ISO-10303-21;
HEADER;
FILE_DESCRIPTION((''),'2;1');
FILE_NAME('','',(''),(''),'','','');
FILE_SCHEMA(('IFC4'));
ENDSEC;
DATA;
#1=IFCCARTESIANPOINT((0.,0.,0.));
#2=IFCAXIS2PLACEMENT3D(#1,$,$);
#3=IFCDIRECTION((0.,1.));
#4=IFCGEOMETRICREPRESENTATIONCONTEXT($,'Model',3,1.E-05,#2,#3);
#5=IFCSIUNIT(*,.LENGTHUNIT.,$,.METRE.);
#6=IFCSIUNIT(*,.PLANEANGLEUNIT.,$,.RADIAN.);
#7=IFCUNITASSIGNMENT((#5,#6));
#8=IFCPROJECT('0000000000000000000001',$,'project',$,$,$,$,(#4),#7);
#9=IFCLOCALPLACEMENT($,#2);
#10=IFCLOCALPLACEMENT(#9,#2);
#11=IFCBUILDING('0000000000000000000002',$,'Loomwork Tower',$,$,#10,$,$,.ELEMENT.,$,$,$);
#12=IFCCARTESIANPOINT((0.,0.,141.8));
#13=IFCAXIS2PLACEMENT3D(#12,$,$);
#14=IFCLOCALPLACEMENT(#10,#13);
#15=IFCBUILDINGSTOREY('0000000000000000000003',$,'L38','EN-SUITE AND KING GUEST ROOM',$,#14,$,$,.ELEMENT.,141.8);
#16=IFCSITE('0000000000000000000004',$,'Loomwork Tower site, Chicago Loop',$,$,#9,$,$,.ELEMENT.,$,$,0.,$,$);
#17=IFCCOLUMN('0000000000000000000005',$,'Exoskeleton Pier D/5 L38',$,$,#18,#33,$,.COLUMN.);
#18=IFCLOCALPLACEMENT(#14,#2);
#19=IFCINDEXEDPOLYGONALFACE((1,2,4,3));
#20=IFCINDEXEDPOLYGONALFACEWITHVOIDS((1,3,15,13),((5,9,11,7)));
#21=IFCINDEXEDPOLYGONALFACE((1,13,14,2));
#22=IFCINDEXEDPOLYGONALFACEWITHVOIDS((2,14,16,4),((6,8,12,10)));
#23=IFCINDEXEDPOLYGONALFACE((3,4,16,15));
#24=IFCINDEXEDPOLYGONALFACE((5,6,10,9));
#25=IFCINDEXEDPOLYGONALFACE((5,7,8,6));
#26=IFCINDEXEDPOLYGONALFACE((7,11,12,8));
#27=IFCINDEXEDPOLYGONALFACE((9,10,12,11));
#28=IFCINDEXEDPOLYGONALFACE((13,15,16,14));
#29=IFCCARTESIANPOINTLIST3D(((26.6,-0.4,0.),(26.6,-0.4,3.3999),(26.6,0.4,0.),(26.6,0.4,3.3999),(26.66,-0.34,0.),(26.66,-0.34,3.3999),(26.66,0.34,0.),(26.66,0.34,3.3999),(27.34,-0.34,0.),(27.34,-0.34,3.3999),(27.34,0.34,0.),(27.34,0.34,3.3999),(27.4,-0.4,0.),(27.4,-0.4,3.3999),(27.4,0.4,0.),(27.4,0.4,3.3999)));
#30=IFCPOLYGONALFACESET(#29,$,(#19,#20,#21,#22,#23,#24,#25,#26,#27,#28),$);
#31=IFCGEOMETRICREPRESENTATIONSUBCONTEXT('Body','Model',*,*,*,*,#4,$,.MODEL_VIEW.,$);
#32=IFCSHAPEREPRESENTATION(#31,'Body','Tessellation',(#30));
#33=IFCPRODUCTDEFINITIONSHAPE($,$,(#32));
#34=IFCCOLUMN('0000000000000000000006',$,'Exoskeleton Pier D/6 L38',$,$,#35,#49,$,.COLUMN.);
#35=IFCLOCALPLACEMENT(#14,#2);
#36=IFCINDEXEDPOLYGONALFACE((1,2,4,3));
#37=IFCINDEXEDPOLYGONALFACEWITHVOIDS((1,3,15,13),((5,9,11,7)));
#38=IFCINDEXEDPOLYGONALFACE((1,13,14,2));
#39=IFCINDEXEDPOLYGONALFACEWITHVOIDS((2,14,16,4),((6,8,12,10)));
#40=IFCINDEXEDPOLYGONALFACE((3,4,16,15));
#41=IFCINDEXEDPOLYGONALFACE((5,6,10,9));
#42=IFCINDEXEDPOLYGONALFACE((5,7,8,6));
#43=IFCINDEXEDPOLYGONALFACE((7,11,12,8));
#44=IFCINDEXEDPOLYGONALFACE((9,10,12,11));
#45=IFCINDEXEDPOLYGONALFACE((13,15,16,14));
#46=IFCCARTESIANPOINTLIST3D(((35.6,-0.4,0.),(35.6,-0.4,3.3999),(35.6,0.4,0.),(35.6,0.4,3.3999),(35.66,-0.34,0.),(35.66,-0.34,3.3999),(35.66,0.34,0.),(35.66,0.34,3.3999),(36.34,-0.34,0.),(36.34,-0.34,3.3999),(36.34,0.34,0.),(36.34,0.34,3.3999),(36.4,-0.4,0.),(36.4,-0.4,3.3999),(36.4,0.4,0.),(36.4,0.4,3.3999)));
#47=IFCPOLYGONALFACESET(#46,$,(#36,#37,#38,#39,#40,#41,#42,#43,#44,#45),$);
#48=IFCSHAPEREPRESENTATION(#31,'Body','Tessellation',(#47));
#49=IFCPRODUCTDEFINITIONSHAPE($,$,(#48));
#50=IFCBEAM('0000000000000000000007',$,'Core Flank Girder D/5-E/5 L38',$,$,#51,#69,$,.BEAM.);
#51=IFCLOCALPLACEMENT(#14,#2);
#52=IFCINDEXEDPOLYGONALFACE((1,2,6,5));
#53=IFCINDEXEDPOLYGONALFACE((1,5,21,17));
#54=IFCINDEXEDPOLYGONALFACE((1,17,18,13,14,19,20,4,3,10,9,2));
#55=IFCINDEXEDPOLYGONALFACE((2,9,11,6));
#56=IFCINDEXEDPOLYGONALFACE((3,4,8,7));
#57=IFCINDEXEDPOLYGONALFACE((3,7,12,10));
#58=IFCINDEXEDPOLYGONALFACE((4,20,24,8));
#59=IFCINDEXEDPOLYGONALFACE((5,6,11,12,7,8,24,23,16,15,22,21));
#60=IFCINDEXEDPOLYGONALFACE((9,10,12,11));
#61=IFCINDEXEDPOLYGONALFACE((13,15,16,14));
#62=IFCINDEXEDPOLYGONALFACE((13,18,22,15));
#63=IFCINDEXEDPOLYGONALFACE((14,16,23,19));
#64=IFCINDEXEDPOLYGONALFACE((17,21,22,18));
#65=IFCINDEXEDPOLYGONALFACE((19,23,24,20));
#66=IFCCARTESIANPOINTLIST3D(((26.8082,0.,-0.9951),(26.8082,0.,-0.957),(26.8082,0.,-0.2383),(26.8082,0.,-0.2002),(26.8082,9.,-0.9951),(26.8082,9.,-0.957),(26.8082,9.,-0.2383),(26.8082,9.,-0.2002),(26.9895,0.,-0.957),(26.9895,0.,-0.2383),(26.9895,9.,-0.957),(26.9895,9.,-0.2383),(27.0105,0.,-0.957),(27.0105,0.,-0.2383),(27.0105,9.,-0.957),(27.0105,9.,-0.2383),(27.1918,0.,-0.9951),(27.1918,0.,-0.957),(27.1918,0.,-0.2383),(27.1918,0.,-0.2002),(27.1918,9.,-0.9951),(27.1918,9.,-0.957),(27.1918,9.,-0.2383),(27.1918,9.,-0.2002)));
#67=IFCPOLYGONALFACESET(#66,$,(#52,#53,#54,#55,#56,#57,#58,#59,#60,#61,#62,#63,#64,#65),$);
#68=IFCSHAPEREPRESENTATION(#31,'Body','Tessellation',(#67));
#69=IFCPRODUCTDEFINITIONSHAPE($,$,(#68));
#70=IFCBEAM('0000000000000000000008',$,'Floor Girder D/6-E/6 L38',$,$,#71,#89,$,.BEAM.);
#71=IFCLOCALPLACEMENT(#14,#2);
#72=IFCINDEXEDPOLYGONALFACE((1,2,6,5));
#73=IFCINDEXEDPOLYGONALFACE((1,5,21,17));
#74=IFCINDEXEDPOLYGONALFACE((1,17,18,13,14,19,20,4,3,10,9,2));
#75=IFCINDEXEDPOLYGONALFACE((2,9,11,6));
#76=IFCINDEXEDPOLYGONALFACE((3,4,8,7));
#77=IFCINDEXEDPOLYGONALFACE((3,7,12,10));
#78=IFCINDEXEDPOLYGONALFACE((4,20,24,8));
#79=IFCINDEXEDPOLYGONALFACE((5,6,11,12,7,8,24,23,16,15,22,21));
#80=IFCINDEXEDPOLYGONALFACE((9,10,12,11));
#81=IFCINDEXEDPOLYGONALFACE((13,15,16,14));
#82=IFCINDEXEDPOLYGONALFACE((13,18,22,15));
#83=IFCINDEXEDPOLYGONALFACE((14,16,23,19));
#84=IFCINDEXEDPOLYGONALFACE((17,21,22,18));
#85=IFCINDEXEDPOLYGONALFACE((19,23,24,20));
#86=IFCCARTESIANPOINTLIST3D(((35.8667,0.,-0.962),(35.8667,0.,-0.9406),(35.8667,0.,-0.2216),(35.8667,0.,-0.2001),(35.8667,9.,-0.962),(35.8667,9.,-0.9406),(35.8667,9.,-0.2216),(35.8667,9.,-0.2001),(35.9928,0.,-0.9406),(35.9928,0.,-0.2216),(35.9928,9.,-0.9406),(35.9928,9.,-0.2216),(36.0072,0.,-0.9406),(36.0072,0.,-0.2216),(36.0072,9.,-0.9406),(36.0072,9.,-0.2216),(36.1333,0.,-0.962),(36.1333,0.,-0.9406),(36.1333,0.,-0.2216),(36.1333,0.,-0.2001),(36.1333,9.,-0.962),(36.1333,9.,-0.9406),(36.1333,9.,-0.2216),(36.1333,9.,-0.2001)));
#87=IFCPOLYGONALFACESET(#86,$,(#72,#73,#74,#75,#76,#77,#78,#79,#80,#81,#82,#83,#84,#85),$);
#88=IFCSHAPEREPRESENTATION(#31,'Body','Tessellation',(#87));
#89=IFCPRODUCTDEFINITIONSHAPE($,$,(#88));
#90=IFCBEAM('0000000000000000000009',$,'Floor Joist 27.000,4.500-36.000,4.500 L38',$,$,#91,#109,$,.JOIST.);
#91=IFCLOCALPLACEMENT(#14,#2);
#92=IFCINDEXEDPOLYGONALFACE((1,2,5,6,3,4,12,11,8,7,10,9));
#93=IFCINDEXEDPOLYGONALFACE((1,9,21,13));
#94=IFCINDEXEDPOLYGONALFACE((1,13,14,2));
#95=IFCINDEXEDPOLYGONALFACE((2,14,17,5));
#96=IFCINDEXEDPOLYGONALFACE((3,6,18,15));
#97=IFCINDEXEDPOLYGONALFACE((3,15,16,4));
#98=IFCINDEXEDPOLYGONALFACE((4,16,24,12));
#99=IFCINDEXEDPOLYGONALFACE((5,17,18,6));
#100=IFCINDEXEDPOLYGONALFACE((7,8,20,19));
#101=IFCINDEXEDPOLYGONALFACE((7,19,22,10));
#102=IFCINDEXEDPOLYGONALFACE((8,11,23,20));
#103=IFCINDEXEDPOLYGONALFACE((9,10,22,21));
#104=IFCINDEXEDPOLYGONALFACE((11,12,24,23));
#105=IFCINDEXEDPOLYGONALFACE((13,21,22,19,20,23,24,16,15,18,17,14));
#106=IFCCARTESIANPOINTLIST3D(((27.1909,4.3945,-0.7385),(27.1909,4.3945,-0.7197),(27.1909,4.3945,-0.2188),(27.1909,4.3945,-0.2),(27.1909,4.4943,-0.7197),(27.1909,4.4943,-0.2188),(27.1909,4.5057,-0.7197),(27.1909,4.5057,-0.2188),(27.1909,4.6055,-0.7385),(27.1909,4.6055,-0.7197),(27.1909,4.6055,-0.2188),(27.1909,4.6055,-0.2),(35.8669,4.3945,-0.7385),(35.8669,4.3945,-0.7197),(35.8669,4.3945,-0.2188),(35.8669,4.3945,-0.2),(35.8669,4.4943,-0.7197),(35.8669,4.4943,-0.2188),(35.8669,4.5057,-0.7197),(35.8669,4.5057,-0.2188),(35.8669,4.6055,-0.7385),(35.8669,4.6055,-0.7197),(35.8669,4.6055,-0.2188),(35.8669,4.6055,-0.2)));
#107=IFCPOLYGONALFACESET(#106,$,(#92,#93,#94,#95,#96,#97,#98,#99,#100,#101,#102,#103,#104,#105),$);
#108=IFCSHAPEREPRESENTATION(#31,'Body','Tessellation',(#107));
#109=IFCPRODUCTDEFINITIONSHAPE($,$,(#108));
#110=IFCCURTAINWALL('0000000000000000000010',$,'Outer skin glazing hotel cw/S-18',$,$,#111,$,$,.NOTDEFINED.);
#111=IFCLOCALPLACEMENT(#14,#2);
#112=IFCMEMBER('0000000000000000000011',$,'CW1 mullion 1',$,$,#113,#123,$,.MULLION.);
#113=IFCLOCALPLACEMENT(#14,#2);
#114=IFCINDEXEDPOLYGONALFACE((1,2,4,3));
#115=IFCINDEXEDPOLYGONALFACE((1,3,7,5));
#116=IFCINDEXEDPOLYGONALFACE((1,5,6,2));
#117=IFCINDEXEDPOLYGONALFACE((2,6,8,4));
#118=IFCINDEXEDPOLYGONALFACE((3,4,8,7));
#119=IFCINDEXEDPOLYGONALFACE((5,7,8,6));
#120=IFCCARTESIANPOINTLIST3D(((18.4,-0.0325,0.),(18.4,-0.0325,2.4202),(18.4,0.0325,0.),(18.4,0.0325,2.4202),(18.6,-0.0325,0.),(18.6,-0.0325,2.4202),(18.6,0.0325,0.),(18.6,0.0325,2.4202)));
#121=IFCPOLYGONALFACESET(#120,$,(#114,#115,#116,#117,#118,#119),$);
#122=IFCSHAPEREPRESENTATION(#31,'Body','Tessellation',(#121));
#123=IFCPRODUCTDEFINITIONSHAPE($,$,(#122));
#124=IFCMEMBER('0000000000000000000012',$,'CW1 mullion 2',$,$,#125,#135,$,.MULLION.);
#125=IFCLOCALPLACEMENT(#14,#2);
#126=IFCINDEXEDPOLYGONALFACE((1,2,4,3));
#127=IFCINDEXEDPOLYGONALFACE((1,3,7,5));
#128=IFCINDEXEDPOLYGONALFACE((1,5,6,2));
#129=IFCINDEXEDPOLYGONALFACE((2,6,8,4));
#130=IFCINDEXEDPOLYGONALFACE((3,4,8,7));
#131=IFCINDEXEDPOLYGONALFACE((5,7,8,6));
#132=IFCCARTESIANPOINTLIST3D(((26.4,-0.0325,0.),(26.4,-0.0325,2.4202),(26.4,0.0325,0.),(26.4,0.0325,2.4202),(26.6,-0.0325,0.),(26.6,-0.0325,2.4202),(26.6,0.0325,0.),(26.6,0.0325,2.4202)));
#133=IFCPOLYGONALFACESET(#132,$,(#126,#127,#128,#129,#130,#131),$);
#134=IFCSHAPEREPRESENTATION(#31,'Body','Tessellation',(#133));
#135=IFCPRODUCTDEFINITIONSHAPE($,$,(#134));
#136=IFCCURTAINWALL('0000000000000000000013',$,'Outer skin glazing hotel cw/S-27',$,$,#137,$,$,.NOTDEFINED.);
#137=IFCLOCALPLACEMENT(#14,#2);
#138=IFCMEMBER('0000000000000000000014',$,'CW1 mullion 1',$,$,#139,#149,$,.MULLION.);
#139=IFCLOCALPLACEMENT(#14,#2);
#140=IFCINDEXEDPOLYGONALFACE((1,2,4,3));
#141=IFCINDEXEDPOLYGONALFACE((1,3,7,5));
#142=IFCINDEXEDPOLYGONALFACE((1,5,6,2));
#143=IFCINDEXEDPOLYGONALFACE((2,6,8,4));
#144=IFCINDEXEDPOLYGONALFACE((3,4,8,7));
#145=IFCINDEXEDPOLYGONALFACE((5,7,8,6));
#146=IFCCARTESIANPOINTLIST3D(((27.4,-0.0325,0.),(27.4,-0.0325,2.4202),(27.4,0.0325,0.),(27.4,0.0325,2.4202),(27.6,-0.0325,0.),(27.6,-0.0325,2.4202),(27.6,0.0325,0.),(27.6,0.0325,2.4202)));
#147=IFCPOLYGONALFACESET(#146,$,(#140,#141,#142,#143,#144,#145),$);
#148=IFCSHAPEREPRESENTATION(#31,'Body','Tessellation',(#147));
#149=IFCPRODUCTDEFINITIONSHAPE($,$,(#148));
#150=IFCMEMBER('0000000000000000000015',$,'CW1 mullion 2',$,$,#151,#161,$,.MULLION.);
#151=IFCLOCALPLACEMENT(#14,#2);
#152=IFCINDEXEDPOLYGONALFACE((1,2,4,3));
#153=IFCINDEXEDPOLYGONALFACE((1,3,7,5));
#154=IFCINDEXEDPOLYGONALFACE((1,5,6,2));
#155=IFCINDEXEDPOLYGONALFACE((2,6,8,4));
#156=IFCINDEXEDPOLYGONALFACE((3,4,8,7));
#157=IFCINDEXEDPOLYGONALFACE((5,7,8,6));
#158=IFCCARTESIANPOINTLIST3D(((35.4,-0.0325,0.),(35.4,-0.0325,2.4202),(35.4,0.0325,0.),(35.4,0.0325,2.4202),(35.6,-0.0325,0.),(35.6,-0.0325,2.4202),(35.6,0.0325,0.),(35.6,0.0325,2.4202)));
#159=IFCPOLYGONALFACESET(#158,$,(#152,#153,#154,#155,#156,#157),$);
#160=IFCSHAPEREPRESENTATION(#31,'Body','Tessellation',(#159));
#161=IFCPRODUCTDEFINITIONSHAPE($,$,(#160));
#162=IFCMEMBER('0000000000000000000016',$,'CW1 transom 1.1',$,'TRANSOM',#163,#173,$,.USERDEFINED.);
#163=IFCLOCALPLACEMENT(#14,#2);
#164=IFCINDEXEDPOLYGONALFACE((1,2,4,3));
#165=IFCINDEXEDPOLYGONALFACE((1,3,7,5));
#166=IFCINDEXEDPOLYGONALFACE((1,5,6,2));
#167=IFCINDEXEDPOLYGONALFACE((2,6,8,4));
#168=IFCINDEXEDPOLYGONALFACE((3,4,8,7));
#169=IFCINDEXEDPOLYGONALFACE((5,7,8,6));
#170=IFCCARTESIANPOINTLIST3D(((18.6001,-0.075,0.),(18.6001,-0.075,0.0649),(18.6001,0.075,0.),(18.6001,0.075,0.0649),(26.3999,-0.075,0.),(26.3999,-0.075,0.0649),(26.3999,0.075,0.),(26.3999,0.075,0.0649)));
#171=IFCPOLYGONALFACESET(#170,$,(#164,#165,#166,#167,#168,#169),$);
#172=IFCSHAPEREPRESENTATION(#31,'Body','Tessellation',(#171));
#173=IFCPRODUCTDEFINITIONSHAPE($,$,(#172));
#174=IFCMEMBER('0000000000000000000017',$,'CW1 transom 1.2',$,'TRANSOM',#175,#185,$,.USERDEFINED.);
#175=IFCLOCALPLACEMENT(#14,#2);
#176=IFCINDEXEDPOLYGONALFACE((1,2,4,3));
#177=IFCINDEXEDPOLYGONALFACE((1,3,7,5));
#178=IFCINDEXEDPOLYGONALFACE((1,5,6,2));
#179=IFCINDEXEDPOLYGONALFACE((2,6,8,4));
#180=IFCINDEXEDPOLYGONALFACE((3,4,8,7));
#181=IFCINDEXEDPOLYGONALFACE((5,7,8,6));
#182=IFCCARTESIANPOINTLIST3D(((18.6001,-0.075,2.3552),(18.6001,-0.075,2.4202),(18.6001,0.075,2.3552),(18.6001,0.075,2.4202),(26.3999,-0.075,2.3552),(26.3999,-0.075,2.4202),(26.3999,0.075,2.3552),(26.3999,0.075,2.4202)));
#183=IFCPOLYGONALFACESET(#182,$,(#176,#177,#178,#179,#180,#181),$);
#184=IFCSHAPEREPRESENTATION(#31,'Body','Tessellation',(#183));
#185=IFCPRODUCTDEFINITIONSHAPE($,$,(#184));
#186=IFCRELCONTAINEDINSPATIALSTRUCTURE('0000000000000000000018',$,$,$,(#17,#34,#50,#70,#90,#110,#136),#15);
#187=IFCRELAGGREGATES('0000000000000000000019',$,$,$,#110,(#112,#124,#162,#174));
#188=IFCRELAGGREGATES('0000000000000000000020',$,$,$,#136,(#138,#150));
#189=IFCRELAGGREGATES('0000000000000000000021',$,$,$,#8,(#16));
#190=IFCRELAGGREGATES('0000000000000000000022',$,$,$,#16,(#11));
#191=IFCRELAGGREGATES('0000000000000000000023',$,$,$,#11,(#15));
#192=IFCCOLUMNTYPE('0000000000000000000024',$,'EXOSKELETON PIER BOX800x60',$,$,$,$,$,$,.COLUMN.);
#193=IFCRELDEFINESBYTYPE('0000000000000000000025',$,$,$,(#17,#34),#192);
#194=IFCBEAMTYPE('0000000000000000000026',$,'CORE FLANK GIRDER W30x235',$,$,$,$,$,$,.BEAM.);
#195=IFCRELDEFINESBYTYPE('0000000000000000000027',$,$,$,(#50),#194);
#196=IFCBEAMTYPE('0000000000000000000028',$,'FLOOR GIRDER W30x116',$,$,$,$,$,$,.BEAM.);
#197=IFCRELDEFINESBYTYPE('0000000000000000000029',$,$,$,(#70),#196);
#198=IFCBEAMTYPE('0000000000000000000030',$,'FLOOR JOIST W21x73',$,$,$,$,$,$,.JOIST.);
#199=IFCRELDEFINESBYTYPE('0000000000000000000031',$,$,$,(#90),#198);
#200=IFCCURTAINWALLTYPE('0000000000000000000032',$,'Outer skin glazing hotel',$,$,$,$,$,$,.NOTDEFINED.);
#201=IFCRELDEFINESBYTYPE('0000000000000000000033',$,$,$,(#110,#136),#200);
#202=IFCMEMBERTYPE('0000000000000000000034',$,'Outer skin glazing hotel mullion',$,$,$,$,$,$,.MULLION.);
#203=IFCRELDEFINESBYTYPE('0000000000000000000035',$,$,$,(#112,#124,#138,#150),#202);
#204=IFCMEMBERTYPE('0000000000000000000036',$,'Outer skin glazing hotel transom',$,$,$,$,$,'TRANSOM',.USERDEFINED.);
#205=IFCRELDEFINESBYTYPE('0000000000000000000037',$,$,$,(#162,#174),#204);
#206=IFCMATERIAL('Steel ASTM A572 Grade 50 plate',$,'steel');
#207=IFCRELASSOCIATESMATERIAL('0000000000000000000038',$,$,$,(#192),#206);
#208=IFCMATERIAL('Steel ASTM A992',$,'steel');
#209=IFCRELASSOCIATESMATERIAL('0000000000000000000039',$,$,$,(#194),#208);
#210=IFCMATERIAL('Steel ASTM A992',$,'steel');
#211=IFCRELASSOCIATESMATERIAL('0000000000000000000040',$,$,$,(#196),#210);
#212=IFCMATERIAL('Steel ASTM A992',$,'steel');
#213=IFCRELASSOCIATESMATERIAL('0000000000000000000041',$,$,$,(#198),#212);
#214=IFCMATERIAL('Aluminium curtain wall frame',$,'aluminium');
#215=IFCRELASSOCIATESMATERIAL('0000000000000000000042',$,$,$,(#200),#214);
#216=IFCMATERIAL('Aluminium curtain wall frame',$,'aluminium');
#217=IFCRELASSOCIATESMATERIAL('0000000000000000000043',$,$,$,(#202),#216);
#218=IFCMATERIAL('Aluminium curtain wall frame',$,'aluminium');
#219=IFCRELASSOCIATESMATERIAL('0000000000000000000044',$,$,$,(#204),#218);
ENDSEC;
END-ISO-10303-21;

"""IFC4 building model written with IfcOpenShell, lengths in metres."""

from ifc_helpers import new_model, si_unit, direction, frame, origin, origin_2d, place, context, subcontext, project, spatial, rectangle, hollow_rectangle, i_section, extrude, material, material_profile, profile_set, type_object, element, aggregate, save


model = new_model("IFC4")

# Units and contexts
model_context = context("Model", 3, precision=1e-05, world=origin(), true_north=direction((0.0, 1.0)))
body_context = subcontext(model_context, "Body", "Model", "MODEL_VIEW")
ifc_project = project(units=[si_unit("LENGTHUNIT", "METRE"), si_unit("PLANEANGLEUNIT", "RADIAN")], contexts=[model_context])

# Site, building, storey
site_placement = place(None, origin())
site = spatial("IfcSite", under=ifc_project, at=site_placement, Name="Loomwork Tower site, Chicago Loop", CompositionType="ELEMENT", RefElevation=0.0)
building_placement = place(site_placement, origin())
building = spatial("IfcBuilding", under=site, at=building_placement, Name="Loomwork Tower", CompositionType="ELEMENT")
storey_placement = place(building_placement, frame((0.0, 0.0, 141.8)))
storey = spatial("IfcBuildingStorey", under=building, at=storey_placement, Name="L38", Description="EN-SUITE AND KING GUEST ROOM", CompositionType="ELEMENT", Elevation=141.8)

# Columns
ifc_material_1 = material(Name="Steel ASTM A572 Grade 50 plate", Category="steel")
ifc_material_profile_1 = material_profile(ifc_material_1, hollow_rectangle(XDim=0.8, YDim=0.8, WallThickness=0.0601, at=origin_2d()), Name="BOX800x60")
ifc_profile_set_1 = profile_set([ifc_material_profile_1], Name="Steel ASTM A572 Grade 50 plate")
column_type = type_object("IfcColumnType", Name="EXOSKELETON PIER BOX800x60", PredefinedType="COLUMN", material=ifc_profile_set_1)
for number, where, z_axis, x_axis, name in (
    (1, (27.0, 0.0, 0.0), (0.0, 0.0, 1.0), (1.0, 0.0, 0.0), "Exoskeleton Pier D/5 L38"),
    (2, (36.0, 0.0, 0.0), (0.0, 0.0, 1.0), (1.0, 0.0, 0.0), "Exoskeleton Pier D/6 L38"),
):
    element("IfcColumn", number, at=place(storey_placement, frame(where, z_axis=z_axis, x_axis=x_axis)), inside=storey, type_object=column_type, Name=name, PredefinedType="COLUMN", context=body_context, shape_type="SweptSolid", body=[
        extrude(hollow_rectangle(XDim=0.8, YDim=0.8, WallThickness=0.0601, at=origin_2d()), origin(), (0.0, 0.0, 1.0), 3.3999),
    ])

# Beams
ifc_material_2 = material(Name="Steel ASTM A992", Category="steel")
ifc_material_profile_2 = material_profile(ifc_material_2, i_section(OverallWidth=0.3835, OverallDepth=0.7949, WebThickness=0.021, FlangeThickness=0.0381, at=origin_2d()), Name="W30x235")
ifc_profile_set_2 = profile_set([ifc_material_profile_2], Name="Steel ASTM A992")
beam_type_1 = type_object("IfcBeamType", Name="CORE FLANK GIRDER W30x235", PredefinedType="BEAM", material=ifc_profile_set_2)
beam_1_placement = place(storey_placement, frame((27.0, 0.0, -0.5977), z_axis=(0.0, 1.0, 0.0), x_axis=(-1.0, 0.0, 0.0)))
element("IfcBeam", 3, at=beam_1_placement, inside=storey, type_object=beam_type_1, Name="Core Flank Girder D/5-E/5 L38", PredefinedType="BEAM", context=body_context, shape_type="SweptSolid", body=[
    extrude(i_section(OverallWidth=0.3835, OverallDepth=0.7949, WebThickness=0.021, FlangeThickness=0.0381, at=origin_2d()), origin(), (0.0, 0.0, 1.0), 9.0),
])
ifc_material_3 = material(Name="Steel ASTM A992", Category="steel")
ifc_material_profile_3 = material_profile(ifc_material_3, i_section(OverallWidth=0.2666, OverallDepth=0.762, WebThickness=0.0144, FlangeThickness=0.0215, at=origin_2d()), Name="W30x116")
ifc_profile_set_3 = profile_set([ifc_material_profile_3], Name="Steel ASTM A992")
beam_type_2 = type_object("IfcBeamType", Name="FLOOR GIRDER W30x116", PredefinedType="BEAM", material=ifc_profile_set_3)
beam_2_placement = place(storey_placement, frame((36.0, 0.0, -0.5811), z_axis=(0.0, 1.0, 0.0), x_axis=(-1.0, 0.0, 0.0)))
element("IfcBeam", 4, at=beam_2_placement, inside=storey, type_object=beam_type_2, Name="Floor Girder D/6-E/6 L38", PredefinedType="BEAM", context=body_context, shape_type="SweptSolid", body=[
    extrude(i_section(OverallWidth=0.2666, OverallDepth=0.762, WebThickness=0.0144, FlangeThickness=0.0215, at=origin_2d()), origin(), (0.0, 0.0, 1.0), 9.0),
])
ifc_material_4 = material(Name="Steel ASTM A992", Category="steel")
ifc_material_profile_4 = material_profile(ifc_material_4, i_section(OverallWidth=0.2109, OverallDepth=0.5386, WebThickness=0.0115, FlangeThickness=0.0188, at=origin_2d()), Name="W21x73")
ifc_profile_set_4 = profile_set([ifc_material_profile_4], Name="Steel ASTM A992")
beam_type_3 = type_object("IfcBeamType", Name="FLOOR JOIST W21x73", PredefinedType="JOIST", material=ifc_profile_set_4)
beam_3_placement = place(storey_placement, frame((27.1909, 4.5, -0.4692), z_axis=(1.0, 0.0, 0.0), x_axis=(0.0, 1.0, 0.0)))
element("IfcBeam", 5, at=beam_3_placement, inside=storey, type_object=beam_type_3, Name="Floor Joist 27.000,4.500-36.000,4.500 L38", PredefinedType="JOIST", context=body_context, shape_type="SweptSolid", body=[
    extrude(i_section(OverallWidth=0.2109, OverallDepth=0.5386, WebThickness=0.0115, FlangeThickness=0.0188, at=origin_2d()), origin(), (0.0, 0.0, 1.0), 8.676),
])

# Curtain walls, members
ifc_material_5 = material(Name="Aluminium curtain wall frame", Category="aluminium")
curtain_wall_type = type_object("IfcCurtainWallType", Name="Outer skin glazing hotel", PredefinedType="NOTDEFINED", material=ifc_material_5)
curtain_wall_1_placement = place(storey_placement, origin())
curtain_wall_1 = element("IfcCurtainWall", 6, at=curtain_wall_1_placement, inside=storey, type_object=curtain_wall_type, Name="Outer skin glazing hotel cw/S-18", PredefinedType="NOTDEFINED")
ifc_material_6 = material(Name="Aluminium curtain wall frame", Category="aluminium")
ifc_material_profile_5 = material_profile(ifc_material_6, rectangle(XDim=0.0649, YDim=0.2, at=origin_2d()), Name="AL 65x200")
ifc_profile_set_5 = profile_set([ifc_material_profile_5], Name="Aluminium curtain wall frame")
member_type_1 = type_object("IfcMemberType", Name="Outer skin glazing hotel mullion", PredefinedType="MULLION", material=ifc_profile_set_5)
member_1_placement = place(storey_placement, frame((18.5, 0.0, 0.0), z_axis=(0.0, 0.0, 1.0), x_axis=(0.0, 1.0, 0.0)))
member_1 = element("IfcMember", 7, at=member_1_placement, type_object=member_type_1, Name="CW1 mullion 1", PredefinedType="MULLION", context=body_context, shape_type="SweptSolid", body=[
    extrude(rectangle(XDim=0.0649, YDim=0.2, at=origin_2d()), origin(), (0.0, 0.0, 1.0), 2.4202),
])
member_2_placement = place(storey_placement, frame((26.5, 0.0, 0.0), z_axis=(0.0, 0.0, 1.0), x_axis=(0.0, 1.0, 0.0)))
member_2 = element("IfcMember", 8, at=member_2_placement, type_object=member_type_1, Name="CW1 mullion 2", PredefinedType="MULLION", context=body_context, shape_type="SweptSolid", body=[
    extrude(rectangle(XDim=0.0649, YDim=0.2, at=origin_2d()), origin(), (0.0, 0.0, 1.0), 2.4202),
])
curtain_wall_2_placement = place(storey_placement, origin())
curtain_wall_2 = element("IfcCurtainWall", 9, at=curtain_wall_2_placement, inside=storey, type_object=curtain_wall_type, Name="Outer skin glazing hotel cw/S-27", PredefinedType="NOTDEFINED")
member_3_placement = place(storey_placement, frame((27.5, 0.0, 0.0), z_axis=(0.0, 0.0, 1.0), x_axis=(0.0, 1.0, 0.0)))
member_3 = element("IfcMember", 10, at=member_3_placement, type_object=member_type_1, Name="CW1 mullion 1", PredefinedType="MULLION", context=body_context, shape_type="SweptSolid", body=[
    extrude(rectangle(XDim=0.0649, YDim=0.2, at=origin_2d()), origin(), (0.0, 0.0, 1.0), 2.4202),
])
member_4_placement = place(storey_placement, frame((35.5, 0.0, 0.0), z_axis=(0.0, 0.0, 1.0), x_axis=(0.0, 1.0, 0.0)))
member_4 = element("IfcMember", 11, at=member_4_placement, type_object=member_type_1, Name="CW1 mullion 2", PredefinedType="MULLION", context=body_context, shape_type="SweptSolid", body=[
    extrude(rectangle(XDim=0.0649, YDim=0.2, at=origin_2d()), origin(), (0.0, 0.0, 1.0), 2.4202),
])

# Members
ifc_material_7 = material(Name="Aluminium curtain wall frame", Category="aluminium")
ifc_material_profile_6 = material_profile(ifc_material_7, rectangle(XDim=0.1499, YDim=0.0649, at=origin_2d()), Name="AL 65x150")
ifc_profile_set_6 = profile_set([ifc_material_profile_6], Name="Aluminium curtain wall frame")
member_type_2 = type_object("IfcMemberType", Name="Outer skin glazing hotel transom", ElementType="TRANSOM", PredefinedType="USERDEFINED", material=ifc_profile_set_6)
member_5_placement = place(storey_placement, frame((18.6001, 0.0, 0.0325), z_axis=(1.0, 0.0, 0.0), x_axis=(0.0, 1.0, 0.0)))
member_5 = element("IfcMember", 12, at=member_5_placement, type_object=member_type_2, Name="CW1 transom 1.1", ObjectType="TRANSOM", PredefinedType="USERDEFINED", context=body_context, shape_type="SweptSolid", body=[
    extrude(rectangle(XDim=0.1499, YDim=0.0649, at=origin_2d()), origin(), (0.0, 0.0, 1.0), 7.7998),
])
member_6_placement = place(storey_placement, frame((18.6001, 0.0, 2.3877), z_axis=(1.0, 0.0, 0.0), x_axis=(0.0, 1.0, 0.0)))
member_6 = element("IfcMember", 13, at=member_6_placement, type_object=member_type_2, Name="CW1 transom 1.2", ObjectType="TRANSOM", PredefinedType="USERDEFINED", context=body_context, shape_type="SweptSolid", body=[
    extrude(rectangle(XDim=0.1499, YDim=0.0649, at=origin_2d()), origin(), (0.0, 0.0, 1.0), 7.7998),
])

aggregate(curtain_wall_1, [member_1, member_2, member_5, member_6])
aggregate(curtain_wall_2, [member_3, member_4])

save(model, "model.ifc")
